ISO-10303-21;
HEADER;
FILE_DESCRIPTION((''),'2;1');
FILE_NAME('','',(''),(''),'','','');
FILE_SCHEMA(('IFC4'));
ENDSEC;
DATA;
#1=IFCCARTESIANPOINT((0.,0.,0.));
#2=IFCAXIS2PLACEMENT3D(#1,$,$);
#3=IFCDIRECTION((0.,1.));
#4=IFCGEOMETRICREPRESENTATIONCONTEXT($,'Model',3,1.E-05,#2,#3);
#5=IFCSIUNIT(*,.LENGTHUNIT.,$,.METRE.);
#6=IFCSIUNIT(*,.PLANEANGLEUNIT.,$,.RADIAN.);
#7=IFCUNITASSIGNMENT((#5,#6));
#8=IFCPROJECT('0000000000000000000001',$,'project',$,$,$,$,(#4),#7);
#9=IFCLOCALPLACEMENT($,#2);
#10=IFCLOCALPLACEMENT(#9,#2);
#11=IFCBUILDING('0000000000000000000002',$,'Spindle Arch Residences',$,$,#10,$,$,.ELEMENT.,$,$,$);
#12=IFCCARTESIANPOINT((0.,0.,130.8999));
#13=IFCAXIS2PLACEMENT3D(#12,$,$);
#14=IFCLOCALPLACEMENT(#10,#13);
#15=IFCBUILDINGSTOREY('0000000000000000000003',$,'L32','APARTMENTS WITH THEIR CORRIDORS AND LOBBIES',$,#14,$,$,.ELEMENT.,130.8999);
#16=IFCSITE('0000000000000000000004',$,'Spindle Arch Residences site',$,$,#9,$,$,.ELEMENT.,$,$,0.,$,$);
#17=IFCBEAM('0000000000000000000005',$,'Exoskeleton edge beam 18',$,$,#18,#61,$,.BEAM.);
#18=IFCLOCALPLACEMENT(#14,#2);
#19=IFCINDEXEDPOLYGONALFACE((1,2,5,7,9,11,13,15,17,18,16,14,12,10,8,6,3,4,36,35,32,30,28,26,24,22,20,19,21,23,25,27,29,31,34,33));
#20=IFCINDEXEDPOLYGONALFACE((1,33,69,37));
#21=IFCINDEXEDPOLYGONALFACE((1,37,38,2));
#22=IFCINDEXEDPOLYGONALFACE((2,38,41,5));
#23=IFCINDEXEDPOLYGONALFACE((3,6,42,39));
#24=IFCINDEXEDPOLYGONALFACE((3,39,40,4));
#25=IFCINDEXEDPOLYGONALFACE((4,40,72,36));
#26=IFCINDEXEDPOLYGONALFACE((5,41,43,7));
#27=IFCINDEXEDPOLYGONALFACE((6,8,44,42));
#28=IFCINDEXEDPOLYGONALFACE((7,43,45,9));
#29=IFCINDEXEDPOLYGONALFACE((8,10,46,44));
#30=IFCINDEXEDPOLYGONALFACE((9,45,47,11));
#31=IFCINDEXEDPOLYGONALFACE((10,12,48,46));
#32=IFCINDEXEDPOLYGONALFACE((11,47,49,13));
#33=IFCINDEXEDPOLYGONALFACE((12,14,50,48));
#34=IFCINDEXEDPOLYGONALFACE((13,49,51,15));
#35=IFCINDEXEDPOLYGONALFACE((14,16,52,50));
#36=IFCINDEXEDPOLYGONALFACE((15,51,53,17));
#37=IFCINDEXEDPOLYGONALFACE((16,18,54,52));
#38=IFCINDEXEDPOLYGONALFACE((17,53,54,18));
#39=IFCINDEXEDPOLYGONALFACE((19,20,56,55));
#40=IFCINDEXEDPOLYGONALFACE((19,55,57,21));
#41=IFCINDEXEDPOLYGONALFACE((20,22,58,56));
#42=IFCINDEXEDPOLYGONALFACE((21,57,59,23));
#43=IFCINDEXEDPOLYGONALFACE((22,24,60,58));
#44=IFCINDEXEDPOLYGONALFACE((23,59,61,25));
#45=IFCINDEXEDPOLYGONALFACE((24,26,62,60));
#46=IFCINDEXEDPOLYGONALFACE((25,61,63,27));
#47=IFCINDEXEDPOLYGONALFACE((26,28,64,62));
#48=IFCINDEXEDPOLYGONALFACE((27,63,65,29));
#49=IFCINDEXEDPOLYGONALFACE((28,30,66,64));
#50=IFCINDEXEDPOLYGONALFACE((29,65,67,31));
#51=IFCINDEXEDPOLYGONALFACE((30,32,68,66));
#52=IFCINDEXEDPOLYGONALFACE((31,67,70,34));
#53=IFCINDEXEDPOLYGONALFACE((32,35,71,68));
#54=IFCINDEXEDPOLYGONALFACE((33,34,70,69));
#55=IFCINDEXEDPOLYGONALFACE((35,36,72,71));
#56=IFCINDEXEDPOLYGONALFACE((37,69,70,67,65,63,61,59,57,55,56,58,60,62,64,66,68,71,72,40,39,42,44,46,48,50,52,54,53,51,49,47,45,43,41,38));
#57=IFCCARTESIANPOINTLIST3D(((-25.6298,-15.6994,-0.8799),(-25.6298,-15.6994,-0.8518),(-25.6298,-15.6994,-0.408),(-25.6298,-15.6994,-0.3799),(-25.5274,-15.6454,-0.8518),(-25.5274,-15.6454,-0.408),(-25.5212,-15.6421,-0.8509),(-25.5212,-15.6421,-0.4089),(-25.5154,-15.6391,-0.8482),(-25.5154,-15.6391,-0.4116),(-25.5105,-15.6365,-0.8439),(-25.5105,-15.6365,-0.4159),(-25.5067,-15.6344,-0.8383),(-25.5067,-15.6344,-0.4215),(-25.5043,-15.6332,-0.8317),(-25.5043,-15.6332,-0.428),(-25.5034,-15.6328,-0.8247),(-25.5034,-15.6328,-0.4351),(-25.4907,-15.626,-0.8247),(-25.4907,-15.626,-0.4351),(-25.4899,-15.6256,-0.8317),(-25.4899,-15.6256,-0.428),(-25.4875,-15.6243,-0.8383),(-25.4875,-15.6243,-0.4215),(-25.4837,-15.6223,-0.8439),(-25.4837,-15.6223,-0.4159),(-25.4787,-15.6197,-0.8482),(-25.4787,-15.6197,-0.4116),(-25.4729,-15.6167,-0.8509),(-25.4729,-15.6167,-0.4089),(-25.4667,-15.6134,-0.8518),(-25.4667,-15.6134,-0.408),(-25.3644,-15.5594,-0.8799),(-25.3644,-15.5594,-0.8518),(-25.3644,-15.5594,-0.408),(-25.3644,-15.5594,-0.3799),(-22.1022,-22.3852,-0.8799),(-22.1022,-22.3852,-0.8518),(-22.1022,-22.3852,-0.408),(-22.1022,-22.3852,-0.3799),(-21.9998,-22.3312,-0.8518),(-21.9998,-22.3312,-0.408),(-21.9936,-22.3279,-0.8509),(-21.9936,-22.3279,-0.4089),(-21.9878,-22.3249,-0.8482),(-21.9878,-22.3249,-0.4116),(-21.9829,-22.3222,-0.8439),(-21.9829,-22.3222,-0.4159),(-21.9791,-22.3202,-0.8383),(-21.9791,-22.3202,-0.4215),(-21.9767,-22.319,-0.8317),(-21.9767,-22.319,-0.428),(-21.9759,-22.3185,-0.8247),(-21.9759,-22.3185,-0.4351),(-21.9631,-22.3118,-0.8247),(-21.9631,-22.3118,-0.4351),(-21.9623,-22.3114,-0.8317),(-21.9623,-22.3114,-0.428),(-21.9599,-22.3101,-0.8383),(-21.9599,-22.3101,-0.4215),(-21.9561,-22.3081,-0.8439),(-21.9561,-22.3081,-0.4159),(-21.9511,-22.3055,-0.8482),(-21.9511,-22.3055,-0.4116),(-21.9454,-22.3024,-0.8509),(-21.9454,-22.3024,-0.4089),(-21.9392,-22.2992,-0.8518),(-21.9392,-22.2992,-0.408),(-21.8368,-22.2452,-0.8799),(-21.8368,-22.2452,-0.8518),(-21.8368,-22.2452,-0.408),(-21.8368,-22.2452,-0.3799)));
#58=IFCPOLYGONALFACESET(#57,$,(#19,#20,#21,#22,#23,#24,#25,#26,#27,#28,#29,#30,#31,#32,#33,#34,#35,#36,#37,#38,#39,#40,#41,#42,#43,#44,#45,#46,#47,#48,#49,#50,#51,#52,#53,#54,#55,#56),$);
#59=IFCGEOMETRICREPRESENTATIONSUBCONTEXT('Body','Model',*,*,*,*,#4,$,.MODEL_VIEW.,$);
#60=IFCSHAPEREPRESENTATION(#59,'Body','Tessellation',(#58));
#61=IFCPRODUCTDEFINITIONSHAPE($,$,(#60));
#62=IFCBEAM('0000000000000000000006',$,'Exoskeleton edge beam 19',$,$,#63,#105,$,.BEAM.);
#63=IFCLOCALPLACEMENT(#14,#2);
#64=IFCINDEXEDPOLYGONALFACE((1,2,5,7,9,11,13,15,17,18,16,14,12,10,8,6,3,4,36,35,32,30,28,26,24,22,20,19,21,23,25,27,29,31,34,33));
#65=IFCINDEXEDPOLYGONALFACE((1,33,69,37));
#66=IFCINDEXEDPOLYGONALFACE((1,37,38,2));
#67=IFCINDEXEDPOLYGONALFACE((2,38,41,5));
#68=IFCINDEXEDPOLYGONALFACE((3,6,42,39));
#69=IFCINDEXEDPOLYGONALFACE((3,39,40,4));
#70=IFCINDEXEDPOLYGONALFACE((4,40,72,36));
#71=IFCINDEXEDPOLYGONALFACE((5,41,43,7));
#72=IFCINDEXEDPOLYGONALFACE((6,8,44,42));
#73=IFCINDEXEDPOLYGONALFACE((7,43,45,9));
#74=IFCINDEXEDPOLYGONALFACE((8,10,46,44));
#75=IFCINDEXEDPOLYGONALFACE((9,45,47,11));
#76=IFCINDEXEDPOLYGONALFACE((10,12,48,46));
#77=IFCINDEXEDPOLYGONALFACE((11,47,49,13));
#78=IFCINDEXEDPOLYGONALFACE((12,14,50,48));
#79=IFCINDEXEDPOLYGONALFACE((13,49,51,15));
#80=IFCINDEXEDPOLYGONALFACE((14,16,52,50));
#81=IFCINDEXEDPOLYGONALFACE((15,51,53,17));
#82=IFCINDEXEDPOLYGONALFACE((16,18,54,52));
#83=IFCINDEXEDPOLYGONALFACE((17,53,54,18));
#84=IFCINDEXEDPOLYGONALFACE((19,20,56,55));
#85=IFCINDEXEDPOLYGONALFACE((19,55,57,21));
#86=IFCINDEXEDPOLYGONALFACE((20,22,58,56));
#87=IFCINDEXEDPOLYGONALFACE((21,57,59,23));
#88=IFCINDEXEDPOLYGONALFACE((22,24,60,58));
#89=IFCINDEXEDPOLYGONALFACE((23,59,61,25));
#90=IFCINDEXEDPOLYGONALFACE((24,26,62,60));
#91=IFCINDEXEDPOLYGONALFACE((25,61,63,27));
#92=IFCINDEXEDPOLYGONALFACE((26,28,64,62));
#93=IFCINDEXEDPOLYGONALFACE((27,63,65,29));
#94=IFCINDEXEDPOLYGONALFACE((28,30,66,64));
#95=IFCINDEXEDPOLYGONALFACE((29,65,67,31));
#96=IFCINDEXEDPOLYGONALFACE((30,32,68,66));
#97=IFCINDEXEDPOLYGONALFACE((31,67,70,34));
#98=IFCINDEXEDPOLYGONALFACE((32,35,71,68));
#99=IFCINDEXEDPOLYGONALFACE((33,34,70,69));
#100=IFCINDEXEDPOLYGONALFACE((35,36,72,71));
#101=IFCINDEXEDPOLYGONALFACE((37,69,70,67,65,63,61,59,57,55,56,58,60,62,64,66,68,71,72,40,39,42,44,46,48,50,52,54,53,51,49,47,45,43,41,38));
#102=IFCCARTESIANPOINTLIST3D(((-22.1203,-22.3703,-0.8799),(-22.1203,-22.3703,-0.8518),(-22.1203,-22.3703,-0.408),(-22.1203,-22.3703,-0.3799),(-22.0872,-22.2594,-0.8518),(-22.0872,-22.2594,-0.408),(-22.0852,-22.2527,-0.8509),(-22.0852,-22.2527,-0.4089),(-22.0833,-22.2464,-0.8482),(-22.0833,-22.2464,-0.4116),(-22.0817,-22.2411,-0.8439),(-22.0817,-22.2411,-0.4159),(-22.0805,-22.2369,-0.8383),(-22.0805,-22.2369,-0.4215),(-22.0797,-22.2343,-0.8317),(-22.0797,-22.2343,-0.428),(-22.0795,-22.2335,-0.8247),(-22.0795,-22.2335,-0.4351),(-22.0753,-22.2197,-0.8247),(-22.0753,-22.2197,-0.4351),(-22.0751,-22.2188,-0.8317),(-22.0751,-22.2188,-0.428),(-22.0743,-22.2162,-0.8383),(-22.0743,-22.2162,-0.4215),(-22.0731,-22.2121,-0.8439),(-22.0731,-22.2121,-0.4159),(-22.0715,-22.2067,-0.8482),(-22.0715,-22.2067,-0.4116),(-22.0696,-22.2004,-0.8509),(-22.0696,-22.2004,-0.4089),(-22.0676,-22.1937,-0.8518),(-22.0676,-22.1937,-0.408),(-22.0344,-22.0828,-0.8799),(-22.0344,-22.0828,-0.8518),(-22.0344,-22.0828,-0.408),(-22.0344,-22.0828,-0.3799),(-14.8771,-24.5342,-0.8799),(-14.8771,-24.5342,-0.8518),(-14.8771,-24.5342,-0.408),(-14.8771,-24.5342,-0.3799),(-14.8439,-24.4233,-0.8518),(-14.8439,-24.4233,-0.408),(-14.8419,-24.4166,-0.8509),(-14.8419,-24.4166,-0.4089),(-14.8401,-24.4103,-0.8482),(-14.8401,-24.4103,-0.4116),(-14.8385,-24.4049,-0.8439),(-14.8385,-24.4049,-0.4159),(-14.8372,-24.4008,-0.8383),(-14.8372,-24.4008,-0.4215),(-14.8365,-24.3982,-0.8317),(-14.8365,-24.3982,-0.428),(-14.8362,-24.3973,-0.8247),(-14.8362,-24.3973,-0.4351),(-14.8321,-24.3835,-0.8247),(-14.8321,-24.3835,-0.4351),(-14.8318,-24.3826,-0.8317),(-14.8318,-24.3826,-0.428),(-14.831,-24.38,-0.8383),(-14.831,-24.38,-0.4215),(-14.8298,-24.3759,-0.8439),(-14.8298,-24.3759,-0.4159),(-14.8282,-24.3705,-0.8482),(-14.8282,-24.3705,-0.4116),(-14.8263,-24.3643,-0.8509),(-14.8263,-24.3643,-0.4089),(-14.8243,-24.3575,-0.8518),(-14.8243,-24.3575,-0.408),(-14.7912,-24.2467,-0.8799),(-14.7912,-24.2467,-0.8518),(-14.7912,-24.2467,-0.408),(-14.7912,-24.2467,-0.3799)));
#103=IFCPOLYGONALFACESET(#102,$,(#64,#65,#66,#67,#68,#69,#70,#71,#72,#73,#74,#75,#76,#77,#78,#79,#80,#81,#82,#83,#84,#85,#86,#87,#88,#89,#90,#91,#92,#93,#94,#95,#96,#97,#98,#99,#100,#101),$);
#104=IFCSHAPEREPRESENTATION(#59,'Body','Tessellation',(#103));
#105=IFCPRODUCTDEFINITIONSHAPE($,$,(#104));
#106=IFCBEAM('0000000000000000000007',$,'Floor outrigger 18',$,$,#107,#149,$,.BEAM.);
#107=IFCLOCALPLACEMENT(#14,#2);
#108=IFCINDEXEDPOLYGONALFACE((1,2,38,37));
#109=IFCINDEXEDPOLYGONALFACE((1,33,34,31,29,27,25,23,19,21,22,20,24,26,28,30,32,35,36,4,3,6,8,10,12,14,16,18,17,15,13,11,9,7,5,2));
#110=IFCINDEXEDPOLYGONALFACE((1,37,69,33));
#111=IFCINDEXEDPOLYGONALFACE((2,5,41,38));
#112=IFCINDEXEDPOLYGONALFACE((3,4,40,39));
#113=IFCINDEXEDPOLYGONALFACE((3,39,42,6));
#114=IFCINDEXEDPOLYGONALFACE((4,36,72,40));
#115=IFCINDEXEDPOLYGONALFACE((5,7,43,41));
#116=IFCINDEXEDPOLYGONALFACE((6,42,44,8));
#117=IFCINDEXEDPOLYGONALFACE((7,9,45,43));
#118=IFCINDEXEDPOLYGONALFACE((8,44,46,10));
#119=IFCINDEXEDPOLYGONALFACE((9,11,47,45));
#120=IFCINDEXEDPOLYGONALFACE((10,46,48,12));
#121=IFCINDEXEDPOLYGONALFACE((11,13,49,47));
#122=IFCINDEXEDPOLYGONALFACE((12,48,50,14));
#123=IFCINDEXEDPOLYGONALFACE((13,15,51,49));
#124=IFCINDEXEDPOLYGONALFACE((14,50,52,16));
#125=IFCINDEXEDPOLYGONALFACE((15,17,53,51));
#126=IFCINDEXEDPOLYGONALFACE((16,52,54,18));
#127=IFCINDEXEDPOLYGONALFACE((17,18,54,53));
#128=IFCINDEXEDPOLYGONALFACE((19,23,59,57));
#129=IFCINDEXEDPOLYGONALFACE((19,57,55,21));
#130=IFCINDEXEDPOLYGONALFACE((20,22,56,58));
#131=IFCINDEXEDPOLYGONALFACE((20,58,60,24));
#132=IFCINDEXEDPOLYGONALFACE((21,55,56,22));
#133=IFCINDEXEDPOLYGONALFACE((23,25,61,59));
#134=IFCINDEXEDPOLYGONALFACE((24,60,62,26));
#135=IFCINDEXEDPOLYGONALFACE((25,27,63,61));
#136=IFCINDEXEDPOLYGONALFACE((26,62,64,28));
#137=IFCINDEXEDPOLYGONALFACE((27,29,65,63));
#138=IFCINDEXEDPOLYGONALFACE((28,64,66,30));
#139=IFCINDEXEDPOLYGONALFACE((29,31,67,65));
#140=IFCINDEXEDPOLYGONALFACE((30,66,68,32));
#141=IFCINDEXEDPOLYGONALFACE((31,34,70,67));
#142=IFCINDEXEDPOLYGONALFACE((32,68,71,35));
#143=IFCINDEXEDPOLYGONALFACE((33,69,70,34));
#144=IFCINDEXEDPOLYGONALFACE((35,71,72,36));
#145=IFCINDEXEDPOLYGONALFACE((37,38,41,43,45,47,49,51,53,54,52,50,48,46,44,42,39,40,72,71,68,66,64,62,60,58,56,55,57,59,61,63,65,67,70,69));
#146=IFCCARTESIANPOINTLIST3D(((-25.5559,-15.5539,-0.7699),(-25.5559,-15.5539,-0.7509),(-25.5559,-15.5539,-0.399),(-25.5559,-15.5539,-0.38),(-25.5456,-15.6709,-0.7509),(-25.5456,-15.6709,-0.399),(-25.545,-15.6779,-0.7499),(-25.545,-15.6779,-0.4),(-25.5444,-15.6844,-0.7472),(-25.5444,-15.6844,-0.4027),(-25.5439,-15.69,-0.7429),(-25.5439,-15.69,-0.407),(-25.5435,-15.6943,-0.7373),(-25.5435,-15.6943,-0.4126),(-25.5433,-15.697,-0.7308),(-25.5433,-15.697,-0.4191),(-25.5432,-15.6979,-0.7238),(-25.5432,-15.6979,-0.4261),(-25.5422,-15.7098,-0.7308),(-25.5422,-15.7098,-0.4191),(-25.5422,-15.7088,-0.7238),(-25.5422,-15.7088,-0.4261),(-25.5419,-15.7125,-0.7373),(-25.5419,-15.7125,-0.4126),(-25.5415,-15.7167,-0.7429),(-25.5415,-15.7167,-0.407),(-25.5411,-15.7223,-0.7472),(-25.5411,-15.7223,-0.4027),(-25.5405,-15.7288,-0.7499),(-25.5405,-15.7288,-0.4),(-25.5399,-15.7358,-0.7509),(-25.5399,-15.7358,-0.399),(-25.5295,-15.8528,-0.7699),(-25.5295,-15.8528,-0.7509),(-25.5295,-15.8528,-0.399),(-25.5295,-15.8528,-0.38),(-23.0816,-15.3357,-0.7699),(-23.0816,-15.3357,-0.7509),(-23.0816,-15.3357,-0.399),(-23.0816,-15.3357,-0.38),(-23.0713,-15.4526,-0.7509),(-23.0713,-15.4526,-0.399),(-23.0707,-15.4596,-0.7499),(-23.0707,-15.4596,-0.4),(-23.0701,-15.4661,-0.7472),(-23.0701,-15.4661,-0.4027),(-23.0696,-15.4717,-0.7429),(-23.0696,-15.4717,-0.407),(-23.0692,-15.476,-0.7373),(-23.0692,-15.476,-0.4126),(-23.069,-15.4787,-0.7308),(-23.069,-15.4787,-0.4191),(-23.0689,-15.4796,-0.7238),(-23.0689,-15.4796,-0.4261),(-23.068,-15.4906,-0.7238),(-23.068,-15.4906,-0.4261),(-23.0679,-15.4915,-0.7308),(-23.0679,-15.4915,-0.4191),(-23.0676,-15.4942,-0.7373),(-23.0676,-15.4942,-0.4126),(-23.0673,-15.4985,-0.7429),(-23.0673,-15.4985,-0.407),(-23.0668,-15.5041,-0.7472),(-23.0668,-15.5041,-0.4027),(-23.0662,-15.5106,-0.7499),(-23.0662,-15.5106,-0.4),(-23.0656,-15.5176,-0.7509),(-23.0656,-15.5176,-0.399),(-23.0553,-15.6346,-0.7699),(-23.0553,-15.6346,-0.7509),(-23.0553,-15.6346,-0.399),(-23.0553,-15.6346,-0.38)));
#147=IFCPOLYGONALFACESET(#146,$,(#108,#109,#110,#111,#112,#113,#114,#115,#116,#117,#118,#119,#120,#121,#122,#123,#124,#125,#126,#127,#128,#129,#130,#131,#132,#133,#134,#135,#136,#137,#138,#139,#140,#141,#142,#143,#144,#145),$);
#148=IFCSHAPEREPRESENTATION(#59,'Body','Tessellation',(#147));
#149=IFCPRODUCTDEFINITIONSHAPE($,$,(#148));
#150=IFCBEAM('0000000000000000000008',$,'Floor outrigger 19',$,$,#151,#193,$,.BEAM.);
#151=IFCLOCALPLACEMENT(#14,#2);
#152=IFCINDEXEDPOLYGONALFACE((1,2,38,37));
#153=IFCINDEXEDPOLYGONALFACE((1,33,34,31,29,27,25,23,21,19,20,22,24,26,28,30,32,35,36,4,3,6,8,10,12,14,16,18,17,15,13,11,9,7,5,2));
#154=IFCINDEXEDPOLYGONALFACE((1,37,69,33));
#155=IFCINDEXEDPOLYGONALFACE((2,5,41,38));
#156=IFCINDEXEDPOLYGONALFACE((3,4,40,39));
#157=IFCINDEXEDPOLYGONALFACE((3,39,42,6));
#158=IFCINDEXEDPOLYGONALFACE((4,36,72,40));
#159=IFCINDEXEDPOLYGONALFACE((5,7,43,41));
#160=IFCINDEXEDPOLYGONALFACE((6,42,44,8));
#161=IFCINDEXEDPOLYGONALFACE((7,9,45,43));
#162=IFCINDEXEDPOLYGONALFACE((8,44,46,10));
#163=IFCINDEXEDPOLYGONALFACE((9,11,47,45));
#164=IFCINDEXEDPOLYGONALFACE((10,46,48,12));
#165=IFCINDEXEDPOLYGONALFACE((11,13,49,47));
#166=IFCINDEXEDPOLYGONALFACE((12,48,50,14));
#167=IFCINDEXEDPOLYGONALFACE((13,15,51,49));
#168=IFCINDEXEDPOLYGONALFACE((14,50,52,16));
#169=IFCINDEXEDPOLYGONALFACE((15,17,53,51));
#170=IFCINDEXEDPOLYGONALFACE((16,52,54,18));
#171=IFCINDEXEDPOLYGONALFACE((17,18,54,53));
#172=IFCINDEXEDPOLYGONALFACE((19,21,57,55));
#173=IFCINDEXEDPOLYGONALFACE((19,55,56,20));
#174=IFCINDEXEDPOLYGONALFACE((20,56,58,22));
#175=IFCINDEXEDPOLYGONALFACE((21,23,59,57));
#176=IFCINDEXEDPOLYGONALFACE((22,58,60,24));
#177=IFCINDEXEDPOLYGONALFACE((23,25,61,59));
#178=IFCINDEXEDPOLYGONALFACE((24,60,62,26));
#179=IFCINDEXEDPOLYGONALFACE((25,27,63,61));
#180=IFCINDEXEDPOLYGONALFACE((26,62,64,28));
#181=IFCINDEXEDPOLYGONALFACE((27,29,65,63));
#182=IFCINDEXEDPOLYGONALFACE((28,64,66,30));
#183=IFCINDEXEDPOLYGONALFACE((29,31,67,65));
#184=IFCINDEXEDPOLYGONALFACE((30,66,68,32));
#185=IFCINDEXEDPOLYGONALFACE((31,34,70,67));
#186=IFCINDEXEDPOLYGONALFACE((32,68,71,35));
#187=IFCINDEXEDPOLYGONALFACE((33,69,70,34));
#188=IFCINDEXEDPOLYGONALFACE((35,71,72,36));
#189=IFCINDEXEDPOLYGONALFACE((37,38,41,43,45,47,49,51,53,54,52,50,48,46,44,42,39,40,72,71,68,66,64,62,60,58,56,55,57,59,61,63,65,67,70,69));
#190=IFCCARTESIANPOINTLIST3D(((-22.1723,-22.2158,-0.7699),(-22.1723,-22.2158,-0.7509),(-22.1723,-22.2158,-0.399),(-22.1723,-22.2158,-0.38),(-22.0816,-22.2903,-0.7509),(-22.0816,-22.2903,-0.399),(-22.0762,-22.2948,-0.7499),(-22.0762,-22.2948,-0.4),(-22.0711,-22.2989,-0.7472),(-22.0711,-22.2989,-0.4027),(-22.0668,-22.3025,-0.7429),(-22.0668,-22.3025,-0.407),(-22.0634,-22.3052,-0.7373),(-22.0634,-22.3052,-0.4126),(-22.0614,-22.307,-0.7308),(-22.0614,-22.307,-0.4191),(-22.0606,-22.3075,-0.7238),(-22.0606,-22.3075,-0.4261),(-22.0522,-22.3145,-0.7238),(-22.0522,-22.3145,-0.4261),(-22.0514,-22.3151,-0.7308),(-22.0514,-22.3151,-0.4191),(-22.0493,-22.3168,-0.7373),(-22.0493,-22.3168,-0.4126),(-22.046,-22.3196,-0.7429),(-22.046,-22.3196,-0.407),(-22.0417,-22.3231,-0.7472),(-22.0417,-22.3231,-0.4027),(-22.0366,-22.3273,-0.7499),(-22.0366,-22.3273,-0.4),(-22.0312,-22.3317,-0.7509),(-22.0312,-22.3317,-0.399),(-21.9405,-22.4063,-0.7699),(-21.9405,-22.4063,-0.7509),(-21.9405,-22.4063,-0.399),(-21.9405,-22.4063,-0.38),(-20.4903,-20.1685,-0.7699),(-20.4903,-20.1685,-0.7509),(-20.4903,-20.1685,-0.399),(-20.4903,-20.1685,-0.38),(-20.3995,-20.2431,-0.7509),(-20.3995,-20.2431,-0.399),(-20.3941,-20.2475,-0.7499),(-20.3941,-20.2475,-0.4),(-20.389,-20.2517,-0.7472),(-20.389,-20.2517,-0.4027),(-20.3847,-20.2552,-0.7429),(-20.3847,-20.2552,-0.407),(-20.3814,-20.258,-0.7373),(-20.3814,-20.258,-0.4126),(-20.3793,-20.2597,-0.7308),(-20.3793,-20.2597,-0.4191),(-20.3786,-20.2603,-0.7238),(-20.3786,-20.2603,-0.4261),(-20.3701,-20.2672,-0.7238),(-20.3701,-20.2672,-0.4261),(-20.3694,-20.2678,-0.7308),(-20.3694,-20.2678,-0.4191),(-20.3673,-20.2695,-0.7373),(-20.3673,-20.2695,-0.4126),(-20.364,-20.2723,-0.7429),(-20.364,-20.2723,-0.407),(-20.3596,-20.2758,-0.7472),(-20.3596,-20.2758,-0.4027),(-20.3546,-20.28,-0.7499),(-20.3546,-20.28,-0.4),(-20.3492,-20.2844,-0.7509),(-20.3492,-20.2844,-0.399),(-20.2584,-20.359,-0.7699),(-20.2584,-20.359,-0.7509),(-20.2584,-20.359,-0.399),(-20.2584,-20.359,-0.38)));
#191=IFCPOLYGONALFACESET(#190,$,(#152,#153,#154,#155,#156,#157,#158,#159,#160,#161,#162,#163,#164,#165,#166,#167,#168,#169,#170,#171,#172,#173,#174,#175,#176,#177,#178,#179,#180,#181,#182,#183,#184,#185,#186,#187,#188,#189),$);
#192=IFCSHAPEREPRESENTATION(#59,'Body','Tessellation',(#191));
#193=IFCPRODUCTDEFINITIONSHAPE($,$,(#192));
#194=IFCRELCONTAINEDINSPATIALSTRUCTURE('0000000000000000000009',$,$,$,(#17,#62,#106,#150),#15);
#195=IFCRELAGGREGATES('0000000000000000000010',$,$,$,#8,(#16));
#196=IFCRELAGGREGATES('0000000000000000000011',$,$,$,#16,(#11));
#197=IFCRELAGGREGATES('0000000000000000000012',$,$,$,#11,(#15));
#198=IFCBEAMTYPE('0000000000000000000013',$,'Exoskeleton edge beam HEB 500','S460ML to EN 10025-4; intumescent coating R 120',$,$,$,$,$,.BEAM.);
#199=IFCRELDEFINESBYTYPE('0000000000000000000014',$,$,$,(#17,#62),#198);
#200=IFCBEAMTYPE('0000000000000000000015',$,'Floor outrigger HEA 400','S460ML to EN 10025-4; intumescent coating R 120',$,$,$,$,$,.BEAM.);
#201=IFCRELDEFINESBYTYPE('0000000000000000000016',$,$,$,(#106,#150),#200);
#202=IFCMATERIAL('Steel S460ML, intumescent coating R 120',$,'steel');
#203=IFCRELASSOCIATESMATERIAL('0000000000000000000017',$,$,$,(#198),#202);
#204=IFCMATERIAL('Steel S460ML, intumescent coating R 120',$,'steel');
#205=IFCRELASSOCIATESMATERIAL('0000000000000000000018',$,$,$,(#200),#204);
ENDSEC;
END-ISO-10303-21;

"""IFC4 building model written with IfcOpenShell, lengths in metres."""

from ifc_helpers import new_model, si_unit, direction, frame, origin, origin_2d, place, context, subcontext, project, spatial, i_section, extrude, material, material_profile, profile_set, type_object, element, save


model = new_model("IFC4")

# Units and contexts
model_context = context("Model", 3, precision=1e-05, world=origin(), true_north=direction((0.0, 1.0)))
body_context = subcontext(model_context, "Body", "Model", "MODEL_VIEW")
ifc_project = project(units=[si_unit("LENGTHUNIT", "METRE"), si_unit("PLANEANGLEUNIT", "RADIAN")], contexts=[model_context])

# Site, building, storey
site_placement = place(None, origin())
site = spatial("IfcSite", under=ifc_project, at=site_placement, Name="Spindle Arch Residences site", CompositionType="ELEMENT", RefElevation=0.0)
building_placement = place(site_placement, origin())
building = spatial("IfcBuilding", under=site, at=building_placement, Name="Spindle Arch Residences", CompositionType="ELEMENT")
storey_placement = place(building_placement, frame((0.0, 0.0, 130.8999)))
storey = spatial("IfcBuildingStorey", under=building, at=storey_placement, Name="L32", Description="APARTMENTS WITH THEIR CORRIDORS AND LOBBIES", CompositionType="ELEMENT", Elevation=130.8999)

# Beams
ifc_material_1 = material(Name="Steel S460ML, intumescent coating R 120", Category="steel")
ifc_material_profile_1 = material_profile(ifc_material_1, i_section(OverallWidth=0.3, OverallDepth=0.5, WebThickness=0.0144, FlangeThickness=0.0281, FilletRadius=0.0271, at=origin_2d()), Name="HEB 500")
ifc_profile_set_1 = profile_set([ifc_material_profile_1], Name="Steel S460ML, intumescent coating R 120")
beam_type_1 = type_object("IfcBeamType", Name="Exoskeleton edge beam HEB 500", Description="S460ML to EN 10025-4; intumescent coating R 120", PredefinedType="BEAM", material=ifc_profile_set_1)
beam_1_placement = place(storey_placement, frame((-25.4971, -15.6294, -0.6299), z_axis=(0.466653, -0.884441, 0.0), x_axis=(0.884441, 0.466653, 0.0)))
element("IfcBeam", 1, at=beam_1_placement, inside=storey, type_object=beam_type_1, Name="Exoskeleton edge beam 18", PredefinedType="BEAM", context=body_context, shape_type="SweptSolid", body=[
    extrude(i_section(OverallWidth=0.3, OverallDepth=0.5, WebThickness=0.0144, FlangeThickness=0.0281, FilletRadius=0.0271, at=origin_2d()), origin(), (0.0, 0.0, 1.0), 7.5593),
])
beam_2_placement = place(storey_placement, frame((-22.0774, -22.2266, -0.6299), z_axis=(0.958158, -0.28624, 0.0), x_axis=(0.28624, 0.958158, 0.0)))
element("IfcBeam", 2, at=beam_2_placement, inside=storey, type_object=beam_type_1, Name="Exoskeleton edge beam 19", PredefinedType="BEAM", context=body_context, shape_type="SweptSolid", body=[
    extrude(i_section(OverallWidth=0.3, OverallDepth=0.5, WebThickness=0.0144, FlangeThickness=0.0281, FilletRadius=0.0271, at=origin_2d()), origin(), (0.0, 0.0, 1.0), 7.5596),
])
ifc_material_2 = material(Name="Steel S460ML, intumescent coating R 120", Category="steel")
ifc_material_profile_2 = material_profile(ifc_material_2, i_section(OverallWidth=0.3, OverallDepth=0.3899, WebThickness=0.011, FlangeThickness=0.019, FilletRadius=0.0271, at=origin_2d()), Name="HEA 400")
ifc_profile_set_2 = profile_set([ifc_material_profile_2], Name="Steel S460ML, intumescent coating R 120")
beam_type_2 = type_object("IfcBeamType", Name="Floor outrigger HEA 400", Description="S460ML to EN 10025-4; intumescent coating R 120", PredefinedType="BEAM", material=ifc_profile_set_2)
beam_3_placement = place(storey_placement, frame((-25.5427, -15.7034, -0.575), z_axis=(0.996132, 0.087868, 0.0), x_axis=(-0.087868, 0.996132, 0.0)))
element("IfcBeam", 3, at=beam_3_placement, inside=storey, type_object=beam_type_2, Name="Floor outrigger 18", PredefinedType="BEAM", context=body_context, shape_type="SweptSolid", body=[
    extrude(i_section(OverallWidth=0.3, OverallDepth=0.3899, WebThickness=0.011, FlangeThickness=0.019, FilletRadius=0.0271, at=origin_2d()), origin(), (0.0, 0.0, 1.0), 2.4839),
])
beam_4_placement = place(storey_placement, frame((-22.0564, -22.311, -0.575), z_axis=(0.634822, 0.772658, 0.0), x_axis=(-0.772658, 0.634822, 0.0)))
element("IfcBeam", 4, at=beam_4_placement, inside=storey, type_object=beam_type_2, Name="Floor outrigger 19", PredefinedType="BEAM", context=body_context, shape_type="SweptSolid", body=[
    extrude(i_section(OverallWidth=0.3, OverallDepth=0.3899, WebThickness=0.011, FlangeThickness=0.019, FilletRadius=0.0271, at=origin_2d()), origin(), (0.0, 0.0, 1.0), 2.6497),
])

save(model, "model.ifc")
